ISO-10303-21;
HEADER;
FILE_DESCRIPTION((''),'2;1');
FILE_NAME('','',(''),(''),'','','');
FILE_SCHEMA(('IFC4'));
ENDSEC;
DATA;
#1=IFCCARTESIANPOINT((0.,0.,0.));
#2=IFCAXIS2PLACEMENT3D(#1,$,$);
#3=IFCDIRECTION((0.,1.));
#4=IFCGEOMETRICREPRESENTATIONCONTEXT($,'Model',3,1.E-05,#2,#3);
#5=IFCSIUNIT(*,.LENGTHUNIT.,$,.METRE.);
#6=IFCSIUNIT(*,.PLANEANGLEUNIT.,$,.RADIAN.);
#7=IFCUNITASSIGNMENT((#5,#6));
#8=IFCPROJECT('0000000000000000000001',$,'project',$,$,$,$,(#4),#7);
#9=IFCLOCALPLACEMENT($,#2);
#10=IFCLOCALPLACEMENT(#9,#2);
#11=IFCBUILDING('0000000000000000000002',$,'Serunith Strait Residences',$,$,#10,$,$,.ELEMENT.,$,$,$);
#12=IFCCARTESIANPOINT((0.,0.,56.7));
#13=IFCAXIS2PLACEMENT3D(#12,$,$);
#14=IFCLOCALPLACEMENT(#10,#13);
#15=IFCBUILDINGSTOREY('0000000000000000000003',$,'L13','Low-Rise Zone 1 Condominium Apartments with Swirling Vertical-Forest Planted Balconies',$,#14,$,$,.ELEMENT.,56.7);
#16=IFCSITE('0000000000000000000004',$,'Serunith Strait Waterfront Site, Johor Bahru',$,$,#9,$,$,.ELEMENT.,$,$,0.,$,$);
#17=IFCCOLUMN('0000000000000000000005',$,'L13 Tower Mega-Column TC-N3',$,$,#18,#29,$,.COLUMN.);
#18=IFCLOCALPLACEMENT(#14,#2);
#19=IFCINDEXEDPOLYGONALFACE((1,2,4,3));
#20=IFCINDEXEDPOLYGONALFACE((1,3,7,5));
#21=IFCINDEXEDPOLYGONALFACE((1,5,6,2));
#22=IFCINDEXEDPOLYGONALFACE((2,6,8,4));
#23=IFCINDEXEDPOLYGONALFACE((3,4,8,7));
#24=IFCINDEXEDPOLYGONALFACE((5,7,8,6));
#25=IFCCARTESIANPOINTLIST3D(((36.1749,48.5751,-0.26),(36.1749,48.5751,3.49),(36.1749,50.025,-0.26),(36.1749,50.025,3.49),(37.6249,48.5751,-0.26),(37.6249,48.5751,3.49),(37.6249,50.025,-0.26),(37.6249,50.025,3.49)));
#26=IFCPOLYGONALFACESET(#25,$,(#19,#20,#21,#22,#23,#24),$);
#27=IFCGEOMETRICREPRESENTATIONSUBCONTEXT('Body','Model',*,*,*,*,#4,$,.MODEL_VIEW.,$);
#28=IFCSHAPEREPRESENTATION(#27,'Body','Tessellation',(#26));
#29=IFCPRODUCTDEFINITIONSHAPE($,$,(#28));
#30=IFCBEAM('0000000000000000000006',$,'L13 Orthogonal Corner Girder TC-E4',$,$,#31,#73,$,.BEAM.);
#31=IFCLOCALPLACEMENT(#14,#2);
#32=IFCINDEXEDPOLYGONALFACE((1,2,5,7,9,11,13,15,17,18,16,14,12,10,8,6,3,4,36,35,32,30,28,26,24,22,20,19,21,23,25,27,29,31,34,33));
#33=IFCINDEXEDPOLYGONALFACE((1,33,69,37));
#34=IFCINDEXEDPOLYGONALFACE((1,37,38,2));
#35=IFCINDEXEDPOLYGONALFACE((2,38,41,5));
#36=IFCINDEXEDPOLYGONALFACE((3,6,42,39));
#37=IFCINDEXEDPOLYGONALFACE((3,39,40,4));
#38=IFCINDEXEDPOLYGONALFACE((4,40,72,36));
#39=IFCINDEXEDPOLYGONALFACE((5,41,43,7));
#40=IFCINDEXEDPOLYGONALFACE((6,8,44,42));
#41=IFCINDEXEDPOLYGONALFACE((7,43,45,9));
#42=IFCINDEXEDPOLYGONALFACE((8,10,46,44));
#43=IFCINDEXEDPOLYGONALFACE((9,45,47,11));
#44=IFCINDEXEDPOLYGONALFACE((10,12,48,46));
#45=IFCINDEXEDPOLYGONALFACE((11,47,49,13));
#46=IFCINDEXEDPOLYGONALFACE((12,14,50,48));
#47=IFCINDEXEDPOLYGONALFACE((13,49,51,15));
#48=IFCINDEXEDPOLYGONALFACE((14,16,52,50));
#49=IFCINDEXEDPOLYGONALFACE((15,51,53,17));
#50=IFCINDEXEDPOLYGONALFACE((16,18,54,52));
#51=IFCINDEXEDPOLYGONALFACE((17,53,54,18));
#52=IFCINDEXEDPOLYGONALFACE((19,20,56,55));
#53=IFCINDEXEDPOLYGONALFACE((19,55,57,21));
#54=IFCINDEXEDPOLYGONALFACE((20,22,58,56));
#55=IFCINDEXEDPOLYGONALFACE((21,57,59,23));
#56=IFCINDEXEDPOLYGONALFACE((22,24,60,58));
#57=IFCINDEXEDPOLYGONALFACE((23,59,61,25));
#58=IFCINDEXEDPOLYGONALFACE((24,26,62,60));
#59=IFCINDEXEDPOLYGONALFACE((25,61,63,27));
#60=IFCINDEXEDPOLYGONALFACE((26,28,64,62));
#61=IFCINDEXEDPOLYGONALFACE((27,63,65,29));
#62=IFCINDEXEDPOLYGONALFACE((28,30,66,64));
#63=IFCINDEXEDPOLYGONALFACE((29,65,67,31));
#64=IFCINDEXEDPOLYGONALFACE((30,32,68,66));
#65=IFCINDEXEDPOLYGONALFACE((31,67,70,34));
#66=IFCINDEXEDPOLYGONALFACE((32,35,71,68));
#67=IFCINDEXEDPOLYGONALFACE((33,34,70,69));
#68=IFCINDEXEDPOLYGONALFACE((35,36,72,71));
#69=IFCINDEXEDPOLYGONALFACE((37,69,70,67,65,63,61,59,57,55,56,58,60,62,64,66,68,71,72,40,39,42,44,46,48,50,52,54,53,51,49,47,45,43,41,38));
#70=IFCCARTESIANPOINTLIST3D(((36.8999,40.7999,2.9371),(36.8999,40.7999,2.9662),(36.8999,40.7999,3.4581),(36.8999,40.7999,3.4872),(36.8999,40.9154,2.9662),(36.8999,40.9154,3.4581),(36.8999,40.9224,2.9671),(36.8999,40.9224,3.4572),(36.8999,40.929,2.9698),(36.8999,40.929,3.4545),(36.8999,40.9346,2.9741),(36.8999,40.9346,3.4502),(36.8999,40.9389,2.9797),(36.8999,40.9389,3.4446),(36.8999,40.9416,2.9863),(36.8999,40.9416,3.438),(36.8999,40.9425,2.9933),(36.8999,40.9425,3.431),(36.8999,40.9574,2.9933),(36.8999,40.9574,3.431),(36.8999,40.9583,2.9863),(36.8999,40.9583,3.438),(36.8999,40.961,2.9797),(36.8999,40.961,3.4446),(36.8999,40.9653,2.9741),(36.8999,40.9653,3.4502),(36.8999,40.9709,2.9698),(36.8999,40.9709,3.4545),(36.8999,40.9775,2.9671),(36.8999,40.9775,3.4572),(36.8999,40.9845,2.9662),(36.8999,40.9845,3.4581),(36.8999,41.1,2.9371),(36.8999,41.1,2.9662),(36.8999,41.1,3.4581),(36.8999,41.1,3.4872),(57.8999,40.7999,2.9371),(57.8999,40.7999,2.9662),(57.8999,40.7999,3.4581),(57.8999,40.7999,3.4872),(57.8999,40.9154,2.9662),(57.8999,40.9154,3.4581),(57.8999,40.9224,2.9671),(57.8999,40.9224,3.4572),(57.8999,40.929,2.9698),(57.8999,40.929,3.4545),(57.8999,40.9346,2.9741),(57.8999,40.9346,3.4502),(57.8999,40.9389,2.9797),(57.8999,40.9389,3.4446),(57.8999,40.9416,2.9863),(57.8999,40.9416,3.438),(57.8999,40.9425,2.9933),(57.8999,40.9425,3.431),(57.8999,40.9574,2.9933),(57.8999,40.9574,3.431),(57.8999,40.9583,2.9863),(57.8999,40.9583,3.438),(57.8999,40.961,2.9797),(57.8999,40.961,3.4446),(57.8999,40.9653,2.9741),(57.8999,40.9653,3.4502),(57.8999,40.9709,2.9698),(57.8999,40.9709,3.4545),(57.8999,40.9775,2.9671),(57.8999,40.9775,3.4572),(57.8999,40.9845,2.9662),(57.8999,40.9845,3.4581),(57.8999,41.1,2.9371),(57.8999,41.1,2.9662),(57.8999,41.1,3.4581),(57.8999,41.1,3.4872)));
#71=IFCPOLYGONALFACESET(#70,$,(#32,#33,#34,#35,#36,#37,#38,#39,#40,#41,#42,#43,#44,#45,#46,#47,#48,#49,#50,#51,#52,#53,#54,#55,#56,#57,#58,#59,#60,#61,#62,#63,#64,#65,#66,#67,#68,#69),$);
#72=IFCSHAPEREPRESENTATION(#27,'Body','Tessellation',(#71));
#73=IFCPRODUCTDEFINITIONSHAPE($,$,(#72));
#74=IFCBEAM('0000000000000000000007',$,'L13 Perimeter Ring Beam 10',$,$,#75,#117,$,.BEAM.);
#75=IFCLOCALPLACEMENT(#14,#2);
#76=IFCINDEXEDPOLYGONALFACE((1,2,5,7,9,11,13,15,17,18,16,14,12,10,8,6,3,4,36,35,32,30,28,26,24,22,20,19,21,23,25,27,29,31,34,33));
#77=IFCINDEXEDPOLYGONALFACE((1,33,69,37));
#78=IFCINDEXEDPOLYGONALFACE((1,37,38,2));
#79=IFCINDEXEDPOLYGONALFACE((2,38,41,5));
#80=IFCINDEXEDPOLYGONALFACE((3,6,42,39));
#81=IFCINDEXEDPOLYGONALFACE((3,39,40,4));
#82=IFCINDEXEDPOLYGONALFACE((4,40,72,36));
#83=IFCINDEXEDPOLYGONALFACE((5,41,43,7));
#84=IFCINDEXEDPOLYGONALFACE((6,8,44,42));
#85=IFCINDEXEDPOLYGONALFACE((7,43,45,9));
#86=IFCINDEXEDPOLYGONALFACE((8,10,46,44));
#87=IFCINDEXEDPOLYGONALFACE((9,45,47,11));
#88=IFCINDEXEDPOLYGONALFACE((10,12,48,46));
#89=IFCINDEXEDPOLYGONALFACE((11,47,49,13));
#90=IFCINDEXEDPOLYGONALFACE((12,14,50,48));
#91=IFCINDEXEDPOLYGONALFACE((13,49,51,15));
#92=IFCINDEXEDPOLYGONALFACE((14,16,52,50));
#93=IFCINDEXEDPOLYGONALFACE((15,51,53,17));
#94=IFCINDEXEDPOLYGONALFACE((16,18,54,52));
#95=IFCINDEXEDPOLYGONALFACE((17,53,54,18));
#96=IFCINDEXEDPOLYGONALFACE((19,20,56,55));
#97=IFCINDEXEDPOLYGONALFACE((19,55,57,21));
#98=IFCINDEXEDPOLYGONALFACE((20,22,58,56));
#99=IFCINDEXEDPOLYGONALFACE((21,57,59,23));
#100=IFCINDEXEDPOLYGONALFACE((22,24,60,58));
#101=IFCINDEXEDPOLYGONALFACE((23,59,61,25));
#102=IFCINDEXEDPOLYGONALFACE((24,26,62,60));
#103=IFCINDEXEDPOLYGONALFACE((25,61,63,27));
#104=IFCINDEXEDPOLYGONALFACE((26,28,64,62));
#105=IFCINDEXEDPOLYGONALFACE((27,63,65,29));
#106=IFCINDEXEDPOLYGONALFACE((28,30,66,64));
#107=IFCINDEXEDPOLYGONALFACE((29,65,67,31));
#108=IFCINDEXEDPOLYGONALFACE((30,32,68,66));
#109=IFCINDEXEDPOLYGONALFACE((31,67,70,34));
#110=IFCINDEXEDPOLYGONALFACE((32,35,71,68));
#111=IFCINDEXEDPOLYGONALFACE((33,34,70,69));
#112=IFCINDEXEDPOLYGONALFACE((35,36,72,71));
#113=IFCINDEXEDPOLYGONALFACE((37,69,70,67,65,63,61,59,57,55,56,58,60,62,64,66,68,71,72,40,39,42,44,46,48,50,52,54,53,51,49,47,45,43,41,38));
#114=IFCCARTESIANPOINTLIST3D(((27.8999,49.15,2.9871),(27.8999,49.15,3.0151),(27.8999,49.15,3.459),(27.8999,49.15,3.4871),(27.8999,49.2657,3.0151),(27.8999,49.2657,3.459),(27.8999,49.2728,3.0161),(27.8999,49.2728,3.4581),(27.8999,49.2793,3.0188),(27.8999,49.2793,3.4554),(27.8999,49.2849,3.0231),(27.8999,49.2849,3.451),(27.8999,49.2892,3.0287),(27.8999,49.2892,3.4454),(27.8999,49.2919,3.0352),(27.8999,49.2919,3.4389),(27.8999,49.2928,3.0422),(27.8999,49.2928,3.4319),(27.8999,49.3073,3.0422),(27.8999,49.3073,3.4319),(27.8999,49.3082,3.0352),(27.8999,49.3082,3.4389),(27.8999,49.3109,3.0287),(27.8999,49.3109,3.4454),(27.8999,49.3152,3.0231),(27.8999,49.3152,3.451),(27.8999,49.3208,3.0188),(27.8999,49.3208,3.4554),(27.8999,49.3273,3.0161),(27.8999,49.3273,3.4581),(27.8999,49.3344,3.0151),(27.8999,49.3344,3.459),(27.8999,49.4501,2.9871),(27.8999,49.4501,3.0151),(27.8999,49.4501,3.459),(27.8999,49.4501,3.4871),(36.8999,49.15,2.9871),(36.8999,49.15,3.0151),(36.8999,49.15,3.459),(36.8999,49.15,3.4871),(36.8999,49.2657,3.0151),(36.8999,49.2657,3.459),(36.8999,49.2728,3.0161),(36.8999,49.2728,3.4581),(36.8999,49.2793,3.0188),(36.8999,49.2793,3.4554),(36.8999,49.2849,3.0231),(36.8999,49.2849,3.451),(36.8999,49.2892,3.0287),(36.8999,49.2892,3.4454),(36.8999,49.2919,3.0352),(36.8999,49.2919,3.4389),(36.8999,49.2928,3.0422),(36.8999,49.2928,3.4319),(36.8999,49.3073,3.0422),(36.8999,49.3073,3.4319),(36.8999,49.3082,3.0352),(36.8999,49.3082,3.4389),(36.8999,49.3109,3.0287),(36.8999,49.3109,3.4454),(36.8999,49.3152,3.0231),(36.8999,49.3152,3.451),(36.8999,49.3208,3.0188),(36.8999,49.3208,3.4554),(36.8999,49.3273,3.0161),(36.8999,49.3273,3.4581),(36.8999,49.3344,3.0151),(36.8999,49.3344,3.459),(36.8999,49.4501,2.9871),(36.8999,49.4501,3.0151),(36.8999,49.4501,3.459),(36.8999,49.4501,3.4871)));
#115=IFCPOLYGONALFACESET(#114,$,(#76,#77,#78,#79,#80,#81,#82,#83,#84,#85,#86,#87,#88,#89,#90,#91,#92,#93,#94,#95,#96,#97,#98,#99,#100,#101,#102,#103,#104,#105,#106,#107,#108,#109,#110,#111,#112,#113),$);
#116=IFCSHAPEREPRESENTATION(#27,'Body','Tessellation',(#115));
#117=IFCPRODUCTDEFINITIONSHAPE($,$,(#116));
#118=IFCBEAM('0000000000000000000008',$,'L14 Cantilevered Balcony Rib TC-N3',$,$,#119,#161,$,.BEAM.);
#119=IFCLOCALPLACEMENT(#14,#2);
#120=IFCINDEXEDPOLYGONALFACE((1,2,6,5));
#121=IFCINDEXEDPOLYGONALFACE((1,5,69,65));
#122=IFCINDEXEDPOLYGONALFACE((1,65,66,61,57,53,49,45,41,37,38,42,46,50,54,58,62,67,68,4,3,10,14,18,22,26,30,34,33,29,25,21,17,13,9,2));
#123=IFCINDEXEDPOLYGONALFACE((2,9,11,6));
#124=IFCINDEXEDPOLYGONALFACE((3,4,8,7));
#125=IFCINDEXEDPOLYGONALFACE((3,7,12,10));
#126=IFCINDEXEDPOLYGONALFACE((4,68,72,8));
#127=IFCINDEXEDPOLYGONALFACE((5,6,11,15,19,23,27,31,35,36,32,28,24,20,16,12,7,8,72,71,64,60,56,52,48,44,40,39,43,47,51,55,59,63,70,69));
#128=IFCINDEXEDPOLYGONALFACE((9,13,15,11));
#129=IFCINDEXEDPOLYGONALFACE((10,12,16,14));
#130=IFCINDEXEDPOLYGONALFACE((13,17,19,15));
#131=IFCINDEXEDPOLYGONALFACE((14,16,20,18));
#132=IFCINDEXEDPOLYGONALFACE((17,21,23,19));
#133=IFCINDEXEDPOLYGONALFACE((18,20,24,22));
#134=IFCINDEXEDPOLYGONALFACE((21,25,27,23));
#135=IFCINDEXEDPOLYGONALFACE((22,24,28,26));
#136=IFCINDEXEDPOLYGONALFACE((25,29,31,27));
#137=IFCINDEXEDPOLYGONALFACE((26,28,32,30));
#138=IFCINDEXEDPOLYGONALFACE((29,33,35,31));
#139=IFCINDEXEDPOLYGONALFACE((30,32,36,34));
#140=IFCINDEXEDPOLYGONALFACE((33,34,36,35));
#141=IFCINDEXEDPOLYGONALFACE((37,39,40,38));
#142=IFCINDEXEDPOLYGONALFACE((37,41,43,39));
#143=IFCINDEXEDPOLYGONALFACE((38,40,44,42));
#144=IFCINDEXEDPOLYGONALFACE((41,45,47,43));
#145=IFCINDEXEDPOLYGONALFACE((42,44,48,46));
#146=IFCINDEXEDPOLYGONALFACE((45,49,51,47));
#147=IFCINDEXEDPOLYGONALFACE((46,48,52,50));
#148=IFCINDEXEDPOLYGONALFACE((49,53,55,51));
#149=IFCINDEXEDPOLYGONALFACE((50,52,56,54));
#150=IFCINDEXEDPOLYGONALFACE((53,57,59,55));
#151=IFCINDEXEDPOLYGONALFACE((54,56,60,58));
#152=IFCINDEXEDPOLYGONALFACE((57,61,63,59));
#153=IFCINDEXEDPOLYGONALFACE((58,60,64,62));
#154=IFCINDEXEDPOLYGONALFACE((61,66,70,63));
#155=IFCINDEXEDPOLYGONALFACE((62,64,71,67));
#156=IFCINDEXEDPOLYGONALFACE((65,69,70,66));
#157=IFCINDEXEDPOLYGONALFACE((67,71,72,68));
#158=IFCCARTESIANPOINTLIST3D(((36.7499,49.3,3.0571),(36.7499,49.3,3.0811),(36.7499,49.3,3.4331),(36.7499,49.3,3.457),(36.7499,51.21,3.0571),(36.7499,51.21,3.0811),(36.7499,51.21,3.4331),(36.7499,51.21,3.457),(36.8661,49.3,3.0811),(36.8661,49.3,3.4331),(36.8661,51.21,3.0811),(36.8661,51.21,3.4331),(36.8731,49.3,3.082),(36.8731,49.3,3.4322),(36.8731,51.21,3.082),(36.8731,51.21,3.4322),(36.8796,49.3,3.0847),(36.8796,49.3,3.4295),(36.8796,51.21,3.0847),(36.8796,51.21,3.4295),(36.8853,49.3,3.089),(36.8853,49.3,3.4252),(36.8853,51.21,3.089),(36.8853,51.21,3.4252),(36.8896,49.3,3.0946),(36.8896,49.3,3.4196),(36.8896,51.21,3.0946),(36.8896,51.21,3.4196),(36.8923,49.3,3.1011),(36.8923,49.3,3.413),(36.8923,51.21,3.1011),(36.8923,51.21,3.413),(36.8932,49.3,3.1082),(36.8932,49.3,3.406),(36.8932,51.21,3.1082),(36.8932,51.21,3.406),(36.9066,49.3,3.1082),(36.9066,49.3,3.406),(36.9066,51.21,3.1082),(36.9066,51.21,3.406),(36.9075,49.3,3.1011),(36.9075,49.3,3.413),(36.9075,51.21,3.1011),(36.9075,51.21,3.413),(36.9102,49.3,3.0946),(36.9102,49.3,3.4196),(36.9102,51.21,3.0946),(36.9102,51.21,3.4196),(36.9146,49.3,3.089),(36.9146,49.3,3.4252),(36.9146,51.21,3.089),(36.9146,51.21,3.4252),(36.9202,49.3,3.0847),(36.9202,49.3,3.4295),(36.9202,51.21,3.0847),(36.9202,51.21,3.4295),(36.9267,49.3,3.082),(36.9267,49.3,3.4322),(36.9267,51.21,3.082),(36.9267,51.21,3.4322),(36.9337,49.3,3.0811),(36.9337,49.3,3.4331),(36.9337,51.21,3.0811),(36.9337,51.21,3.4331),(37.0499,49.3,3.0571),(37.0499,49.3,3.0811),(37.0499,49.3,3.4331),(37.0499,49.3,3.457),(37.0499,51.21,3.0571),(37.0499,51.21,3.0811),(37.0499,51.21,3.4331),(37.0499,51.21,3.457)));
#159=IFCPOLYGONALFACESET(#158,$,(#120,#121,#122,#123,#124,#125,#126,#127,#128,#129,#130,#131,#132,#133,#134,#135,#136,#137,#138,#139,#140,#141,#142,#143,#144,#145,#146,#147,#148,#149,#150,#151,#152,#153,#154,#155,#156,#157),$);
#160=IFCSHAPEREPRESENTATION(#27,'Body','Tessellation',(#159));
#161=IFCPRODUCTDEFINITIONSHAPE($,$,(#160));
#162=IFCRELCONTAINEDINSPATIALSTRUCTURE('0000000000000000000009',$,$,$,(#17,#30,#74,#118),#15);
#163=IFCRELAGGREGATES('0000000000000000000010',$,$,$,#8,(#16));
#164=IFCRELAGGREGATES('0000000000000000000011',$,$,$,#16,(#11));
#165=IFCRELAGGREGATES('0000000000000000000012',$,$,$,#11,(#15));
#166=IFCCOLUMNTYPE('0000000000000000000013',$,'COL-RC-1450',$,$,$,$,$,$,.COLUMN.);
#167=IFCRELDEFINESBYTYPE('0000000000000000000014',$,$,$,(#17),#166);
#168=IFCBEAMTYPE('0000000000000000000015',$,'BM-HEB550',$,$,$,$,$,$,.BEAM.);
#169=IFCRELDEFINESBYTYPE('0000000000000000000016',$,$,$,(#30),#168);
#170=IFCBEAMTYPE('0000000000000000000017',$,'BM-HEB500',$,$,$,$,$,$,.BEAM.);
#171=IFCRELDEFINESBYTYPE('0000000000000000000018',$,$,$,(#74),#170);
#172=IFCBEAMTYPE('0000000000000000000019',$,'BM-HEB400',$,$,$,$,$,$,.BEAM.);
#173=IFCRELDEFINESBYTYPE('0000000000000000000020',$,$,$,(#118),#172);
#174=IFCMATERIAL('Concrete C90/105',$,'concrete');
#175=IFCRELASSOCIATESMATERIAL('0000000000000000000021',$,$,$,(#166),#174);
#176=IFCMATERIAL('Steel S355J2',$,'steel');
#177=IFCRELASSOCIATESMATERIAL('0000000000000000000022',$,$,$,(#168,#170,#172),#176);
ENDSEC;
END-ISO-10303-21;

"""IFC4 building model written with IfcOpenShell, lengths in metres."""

from ifc_helpers import new_model, si_unit, direction, frame, origin, origin_2d, place, context, subcontext, project, spatial, rectangle, i_section, extrude, source, transform, mapped, material, material_profile, profile_set, type_object, element, save


model = new_model("IFC4")

# Units and contexts
model_context = context("Model", 3, precision=1e-05, world=origin(), true_north=direction((0.0, 1.0)))
body_context = subcontext(model_context, "Body", "Model", "MODEL_VIEW")
ifc_project = project(units=[si_unit("LENGTHUNIT", "METRE"), si_unit("PLANEANGLEUNIT", "RADIAN")], contexts=[model_context])

# Site, building, storey
site_placement = place(None, origin())
site = spatial("IfcSite", under=ifc_project, at=site_placement, Name="Serunith Strait Waterfront Site, Johor Bahru", CompositionType="ELEMENT", RefElevation=0.0)
building_placement = place(site_placement, origin())
building = spatial("IfcBuilding", under=site, at=building_placement, Name="Serunith Strait Residences", CompositionType="ELEMENT")
storey_placement = place(building_placement, frame((0.0, 0.0, 56.7)))
storey = spatial("IfcBuildingStorey", under=building, at=storey_placement, Name="L13", Description="Low-Rise Zone 1 Condominium Apartments with Swirling Vertical-Forest Planted Balconies", CompositionType="ELEMENT", Elevation=56.7)

# Column
ifc_material_1 = material(Name="Concrete C90/105", Category="concrete")
ifc_material_profile_1 = material_profile(ifc_material_1, rectangle(XDim=1.45, YDim=1.45, at=origin_2d()), Name="RC 1450x1450")
ifc_profile_set_1 = profile_set([ifc_material_profile_1], Name="Concrete C90/105")
column_type = type_object("IfcColumnType", Name="COL-RC-1450", PredefinedType="COLUMN", material=ifc_profile_set_1)
shared_shape_1 = source(origin(), body_context, "Body", "SweptSolid", [
    extrude(rectangle(XDim=1.45, YDim=1.45, at=origin_2d()), origin(), (0.0, 0.0, 1.0), 3.75),
])
column_placement = place(storey_placement, frame((36.8999, 49.3, -0.26), z_axis=(0.0, 0.0, 1.0), x_axis=(1.0, 0.0, 0.0)))
element("IfcColumn", 1, at=column_placement, inside=storey, type_object=column_type, Name="L13 Tower Mega-Column TC-N3", PredefinedType="COLUMN", context=body_context, shape_type="MappedRepresentation", body=[
    mapped(shared_shape_1, transform((0.0, 0.0, 0.0), scale=1.0)),
])

# Beams
ifc_material_2 = material(Name="Steel S355J2", Category="steel")
ifc_material_profile_2 = material_profile(ifc_material_2, i_section(OverallWidth=0.3, OverallDepth=0.55, WebThickness=0.0149, FlangeThickness=0.0291, FilletRadius=0.0271, at=origin_2d()), Name="HEB 550")
ifc_profile_set_2 = profile_set([ifc_material_profile_2], Name="Steel S355J2")
beam_type_1 = type_object("IfcBeamType", Name="BM-HEB550", PredefinedType="BEAM", material=ifc_profile_set_2)
shared_shape_2 = source(origin(), body_context, "Body", "SweptSolid", [
    extrude(i_section(OverallWidth=0.3, OverallDepth=0.55, WebThickness=0.0149, FlangeThickness=0.0291, FilletRadius=0.0271, at=origin_2d()), origin(), (0.0, 0.0, 1.0), 21.0),
])
beam_1_placement = place(storey_placement, frame((36.8999, 40.95, 3.2122), z_axis=(1.0, 0.0, 0.0), x_axis=(0.0, 1.0, 0.0)))
element("IfcBeam", 2, at=beam_1_placement, inside=storey, type_object=beam_type_1, Name="L13 Orthogonal Corner Girder TC-E4", PredefinedType="BEAM", context=body_context, shape_type="MappedRepresentation", body=[
    mapped(shared_shape_2, transform((0.0, 0.0, 0.0), scale=1.0)),
])
ifc_material_profile_3 = material_profile(ifc_material_2, i_section(OverallWidth=0.3, OverallDepth=0.5, WebThickness=0.0144, FlangeThickness=0.0281, FilletRadius=0.0271, at=origin_2d()), Name="HEB 500")
ifc_profile_set_3 = profile_set([ifc_material_profile_3], Name="Steel S355J2")
beam_type_2 = type_object("IfcBeamType", Name="BM-HEB500", PredefinedType="BEAM", material=ifc_profile_set_3)
shared_shape_3 = source(origin(), body_context, "Body", "SweptSolid", [
    extrude(i_section(OverallWidth=0.3, OverallDepth=0.5, WebThickness=0.0144, FlangeThickness=0.0281, FilletRadius=0.0271, at=origin_2d()), origin(), (0.0, 0.0, 1.0), 9.0),
])
beam_2_placement = place(storey_placement, frame((36.8999, 49.3, 3.2371), z_axis=(-1.0, 0.0, 0.0), x_axis=(0.0, -1.0, 0.0)))
element("IfcBeam", 3, at=beam_2_placement, inside=storey, type_object=beam_type_2, Name="L13 Perimeter Ring Beam 10", PredefinedType="BEAM", context=body_context, shape_type="MappedRepresentation", body=[
    mapped(shared_shape_3, transform((0.0, 0.0, 0.0), scale=1.0)),
])
ifc_material_profile_4 = material_profile(ifc_material_2, i_section(OverallWidth=0.3, OverallDepth=0.3999, WebThickness=0.0134, FlangeThickness=0.0239, FilletRadius=0.0271, at=origin_2d()), Name="HEB 400")
ifc_profile_set_4 = profile_set([ifc_material_profile_4], Name="Steel S355J2")
beam_type_3 = type_object("IfcBeamType", Name="BM-HEB400", PredefinedType="BEAM", material=ifc_profile_set_4)
shared_shape_4 = source(origin(), body_context, "Body", "SweptSolid", [
    extrude(i_section(OverallWidth=0.3, OverallDepth=0.3999, WebThickness=0.0134, FlangeThickness=0.0239, FilletRadius=0.0271, at=origin_2d()), origin(), (0.0, 0.0, 1.0), 1.9099),
])
beam_3_placement = place(storey_placement, frame((36.8999, 49.3, 3.2571), z_axis=(0.0, 1.0, 0.0), x_axis=(-1.0, 0.0, 0.0)))
element("IfcBeam", 4, at=beam_3_placement, inside=storey, type_object=beam_type_3, Name="L14 Cantilevered Balcony Rib TC-N3", PredefinedType="BEAM", context=body_context, shape_type="MappedRepresentation", body=[
    mapped(shared_shape_4, transform((0.0, 0.0, 0.0), scale=1.0)),
])

save(model, "model.ifc")
